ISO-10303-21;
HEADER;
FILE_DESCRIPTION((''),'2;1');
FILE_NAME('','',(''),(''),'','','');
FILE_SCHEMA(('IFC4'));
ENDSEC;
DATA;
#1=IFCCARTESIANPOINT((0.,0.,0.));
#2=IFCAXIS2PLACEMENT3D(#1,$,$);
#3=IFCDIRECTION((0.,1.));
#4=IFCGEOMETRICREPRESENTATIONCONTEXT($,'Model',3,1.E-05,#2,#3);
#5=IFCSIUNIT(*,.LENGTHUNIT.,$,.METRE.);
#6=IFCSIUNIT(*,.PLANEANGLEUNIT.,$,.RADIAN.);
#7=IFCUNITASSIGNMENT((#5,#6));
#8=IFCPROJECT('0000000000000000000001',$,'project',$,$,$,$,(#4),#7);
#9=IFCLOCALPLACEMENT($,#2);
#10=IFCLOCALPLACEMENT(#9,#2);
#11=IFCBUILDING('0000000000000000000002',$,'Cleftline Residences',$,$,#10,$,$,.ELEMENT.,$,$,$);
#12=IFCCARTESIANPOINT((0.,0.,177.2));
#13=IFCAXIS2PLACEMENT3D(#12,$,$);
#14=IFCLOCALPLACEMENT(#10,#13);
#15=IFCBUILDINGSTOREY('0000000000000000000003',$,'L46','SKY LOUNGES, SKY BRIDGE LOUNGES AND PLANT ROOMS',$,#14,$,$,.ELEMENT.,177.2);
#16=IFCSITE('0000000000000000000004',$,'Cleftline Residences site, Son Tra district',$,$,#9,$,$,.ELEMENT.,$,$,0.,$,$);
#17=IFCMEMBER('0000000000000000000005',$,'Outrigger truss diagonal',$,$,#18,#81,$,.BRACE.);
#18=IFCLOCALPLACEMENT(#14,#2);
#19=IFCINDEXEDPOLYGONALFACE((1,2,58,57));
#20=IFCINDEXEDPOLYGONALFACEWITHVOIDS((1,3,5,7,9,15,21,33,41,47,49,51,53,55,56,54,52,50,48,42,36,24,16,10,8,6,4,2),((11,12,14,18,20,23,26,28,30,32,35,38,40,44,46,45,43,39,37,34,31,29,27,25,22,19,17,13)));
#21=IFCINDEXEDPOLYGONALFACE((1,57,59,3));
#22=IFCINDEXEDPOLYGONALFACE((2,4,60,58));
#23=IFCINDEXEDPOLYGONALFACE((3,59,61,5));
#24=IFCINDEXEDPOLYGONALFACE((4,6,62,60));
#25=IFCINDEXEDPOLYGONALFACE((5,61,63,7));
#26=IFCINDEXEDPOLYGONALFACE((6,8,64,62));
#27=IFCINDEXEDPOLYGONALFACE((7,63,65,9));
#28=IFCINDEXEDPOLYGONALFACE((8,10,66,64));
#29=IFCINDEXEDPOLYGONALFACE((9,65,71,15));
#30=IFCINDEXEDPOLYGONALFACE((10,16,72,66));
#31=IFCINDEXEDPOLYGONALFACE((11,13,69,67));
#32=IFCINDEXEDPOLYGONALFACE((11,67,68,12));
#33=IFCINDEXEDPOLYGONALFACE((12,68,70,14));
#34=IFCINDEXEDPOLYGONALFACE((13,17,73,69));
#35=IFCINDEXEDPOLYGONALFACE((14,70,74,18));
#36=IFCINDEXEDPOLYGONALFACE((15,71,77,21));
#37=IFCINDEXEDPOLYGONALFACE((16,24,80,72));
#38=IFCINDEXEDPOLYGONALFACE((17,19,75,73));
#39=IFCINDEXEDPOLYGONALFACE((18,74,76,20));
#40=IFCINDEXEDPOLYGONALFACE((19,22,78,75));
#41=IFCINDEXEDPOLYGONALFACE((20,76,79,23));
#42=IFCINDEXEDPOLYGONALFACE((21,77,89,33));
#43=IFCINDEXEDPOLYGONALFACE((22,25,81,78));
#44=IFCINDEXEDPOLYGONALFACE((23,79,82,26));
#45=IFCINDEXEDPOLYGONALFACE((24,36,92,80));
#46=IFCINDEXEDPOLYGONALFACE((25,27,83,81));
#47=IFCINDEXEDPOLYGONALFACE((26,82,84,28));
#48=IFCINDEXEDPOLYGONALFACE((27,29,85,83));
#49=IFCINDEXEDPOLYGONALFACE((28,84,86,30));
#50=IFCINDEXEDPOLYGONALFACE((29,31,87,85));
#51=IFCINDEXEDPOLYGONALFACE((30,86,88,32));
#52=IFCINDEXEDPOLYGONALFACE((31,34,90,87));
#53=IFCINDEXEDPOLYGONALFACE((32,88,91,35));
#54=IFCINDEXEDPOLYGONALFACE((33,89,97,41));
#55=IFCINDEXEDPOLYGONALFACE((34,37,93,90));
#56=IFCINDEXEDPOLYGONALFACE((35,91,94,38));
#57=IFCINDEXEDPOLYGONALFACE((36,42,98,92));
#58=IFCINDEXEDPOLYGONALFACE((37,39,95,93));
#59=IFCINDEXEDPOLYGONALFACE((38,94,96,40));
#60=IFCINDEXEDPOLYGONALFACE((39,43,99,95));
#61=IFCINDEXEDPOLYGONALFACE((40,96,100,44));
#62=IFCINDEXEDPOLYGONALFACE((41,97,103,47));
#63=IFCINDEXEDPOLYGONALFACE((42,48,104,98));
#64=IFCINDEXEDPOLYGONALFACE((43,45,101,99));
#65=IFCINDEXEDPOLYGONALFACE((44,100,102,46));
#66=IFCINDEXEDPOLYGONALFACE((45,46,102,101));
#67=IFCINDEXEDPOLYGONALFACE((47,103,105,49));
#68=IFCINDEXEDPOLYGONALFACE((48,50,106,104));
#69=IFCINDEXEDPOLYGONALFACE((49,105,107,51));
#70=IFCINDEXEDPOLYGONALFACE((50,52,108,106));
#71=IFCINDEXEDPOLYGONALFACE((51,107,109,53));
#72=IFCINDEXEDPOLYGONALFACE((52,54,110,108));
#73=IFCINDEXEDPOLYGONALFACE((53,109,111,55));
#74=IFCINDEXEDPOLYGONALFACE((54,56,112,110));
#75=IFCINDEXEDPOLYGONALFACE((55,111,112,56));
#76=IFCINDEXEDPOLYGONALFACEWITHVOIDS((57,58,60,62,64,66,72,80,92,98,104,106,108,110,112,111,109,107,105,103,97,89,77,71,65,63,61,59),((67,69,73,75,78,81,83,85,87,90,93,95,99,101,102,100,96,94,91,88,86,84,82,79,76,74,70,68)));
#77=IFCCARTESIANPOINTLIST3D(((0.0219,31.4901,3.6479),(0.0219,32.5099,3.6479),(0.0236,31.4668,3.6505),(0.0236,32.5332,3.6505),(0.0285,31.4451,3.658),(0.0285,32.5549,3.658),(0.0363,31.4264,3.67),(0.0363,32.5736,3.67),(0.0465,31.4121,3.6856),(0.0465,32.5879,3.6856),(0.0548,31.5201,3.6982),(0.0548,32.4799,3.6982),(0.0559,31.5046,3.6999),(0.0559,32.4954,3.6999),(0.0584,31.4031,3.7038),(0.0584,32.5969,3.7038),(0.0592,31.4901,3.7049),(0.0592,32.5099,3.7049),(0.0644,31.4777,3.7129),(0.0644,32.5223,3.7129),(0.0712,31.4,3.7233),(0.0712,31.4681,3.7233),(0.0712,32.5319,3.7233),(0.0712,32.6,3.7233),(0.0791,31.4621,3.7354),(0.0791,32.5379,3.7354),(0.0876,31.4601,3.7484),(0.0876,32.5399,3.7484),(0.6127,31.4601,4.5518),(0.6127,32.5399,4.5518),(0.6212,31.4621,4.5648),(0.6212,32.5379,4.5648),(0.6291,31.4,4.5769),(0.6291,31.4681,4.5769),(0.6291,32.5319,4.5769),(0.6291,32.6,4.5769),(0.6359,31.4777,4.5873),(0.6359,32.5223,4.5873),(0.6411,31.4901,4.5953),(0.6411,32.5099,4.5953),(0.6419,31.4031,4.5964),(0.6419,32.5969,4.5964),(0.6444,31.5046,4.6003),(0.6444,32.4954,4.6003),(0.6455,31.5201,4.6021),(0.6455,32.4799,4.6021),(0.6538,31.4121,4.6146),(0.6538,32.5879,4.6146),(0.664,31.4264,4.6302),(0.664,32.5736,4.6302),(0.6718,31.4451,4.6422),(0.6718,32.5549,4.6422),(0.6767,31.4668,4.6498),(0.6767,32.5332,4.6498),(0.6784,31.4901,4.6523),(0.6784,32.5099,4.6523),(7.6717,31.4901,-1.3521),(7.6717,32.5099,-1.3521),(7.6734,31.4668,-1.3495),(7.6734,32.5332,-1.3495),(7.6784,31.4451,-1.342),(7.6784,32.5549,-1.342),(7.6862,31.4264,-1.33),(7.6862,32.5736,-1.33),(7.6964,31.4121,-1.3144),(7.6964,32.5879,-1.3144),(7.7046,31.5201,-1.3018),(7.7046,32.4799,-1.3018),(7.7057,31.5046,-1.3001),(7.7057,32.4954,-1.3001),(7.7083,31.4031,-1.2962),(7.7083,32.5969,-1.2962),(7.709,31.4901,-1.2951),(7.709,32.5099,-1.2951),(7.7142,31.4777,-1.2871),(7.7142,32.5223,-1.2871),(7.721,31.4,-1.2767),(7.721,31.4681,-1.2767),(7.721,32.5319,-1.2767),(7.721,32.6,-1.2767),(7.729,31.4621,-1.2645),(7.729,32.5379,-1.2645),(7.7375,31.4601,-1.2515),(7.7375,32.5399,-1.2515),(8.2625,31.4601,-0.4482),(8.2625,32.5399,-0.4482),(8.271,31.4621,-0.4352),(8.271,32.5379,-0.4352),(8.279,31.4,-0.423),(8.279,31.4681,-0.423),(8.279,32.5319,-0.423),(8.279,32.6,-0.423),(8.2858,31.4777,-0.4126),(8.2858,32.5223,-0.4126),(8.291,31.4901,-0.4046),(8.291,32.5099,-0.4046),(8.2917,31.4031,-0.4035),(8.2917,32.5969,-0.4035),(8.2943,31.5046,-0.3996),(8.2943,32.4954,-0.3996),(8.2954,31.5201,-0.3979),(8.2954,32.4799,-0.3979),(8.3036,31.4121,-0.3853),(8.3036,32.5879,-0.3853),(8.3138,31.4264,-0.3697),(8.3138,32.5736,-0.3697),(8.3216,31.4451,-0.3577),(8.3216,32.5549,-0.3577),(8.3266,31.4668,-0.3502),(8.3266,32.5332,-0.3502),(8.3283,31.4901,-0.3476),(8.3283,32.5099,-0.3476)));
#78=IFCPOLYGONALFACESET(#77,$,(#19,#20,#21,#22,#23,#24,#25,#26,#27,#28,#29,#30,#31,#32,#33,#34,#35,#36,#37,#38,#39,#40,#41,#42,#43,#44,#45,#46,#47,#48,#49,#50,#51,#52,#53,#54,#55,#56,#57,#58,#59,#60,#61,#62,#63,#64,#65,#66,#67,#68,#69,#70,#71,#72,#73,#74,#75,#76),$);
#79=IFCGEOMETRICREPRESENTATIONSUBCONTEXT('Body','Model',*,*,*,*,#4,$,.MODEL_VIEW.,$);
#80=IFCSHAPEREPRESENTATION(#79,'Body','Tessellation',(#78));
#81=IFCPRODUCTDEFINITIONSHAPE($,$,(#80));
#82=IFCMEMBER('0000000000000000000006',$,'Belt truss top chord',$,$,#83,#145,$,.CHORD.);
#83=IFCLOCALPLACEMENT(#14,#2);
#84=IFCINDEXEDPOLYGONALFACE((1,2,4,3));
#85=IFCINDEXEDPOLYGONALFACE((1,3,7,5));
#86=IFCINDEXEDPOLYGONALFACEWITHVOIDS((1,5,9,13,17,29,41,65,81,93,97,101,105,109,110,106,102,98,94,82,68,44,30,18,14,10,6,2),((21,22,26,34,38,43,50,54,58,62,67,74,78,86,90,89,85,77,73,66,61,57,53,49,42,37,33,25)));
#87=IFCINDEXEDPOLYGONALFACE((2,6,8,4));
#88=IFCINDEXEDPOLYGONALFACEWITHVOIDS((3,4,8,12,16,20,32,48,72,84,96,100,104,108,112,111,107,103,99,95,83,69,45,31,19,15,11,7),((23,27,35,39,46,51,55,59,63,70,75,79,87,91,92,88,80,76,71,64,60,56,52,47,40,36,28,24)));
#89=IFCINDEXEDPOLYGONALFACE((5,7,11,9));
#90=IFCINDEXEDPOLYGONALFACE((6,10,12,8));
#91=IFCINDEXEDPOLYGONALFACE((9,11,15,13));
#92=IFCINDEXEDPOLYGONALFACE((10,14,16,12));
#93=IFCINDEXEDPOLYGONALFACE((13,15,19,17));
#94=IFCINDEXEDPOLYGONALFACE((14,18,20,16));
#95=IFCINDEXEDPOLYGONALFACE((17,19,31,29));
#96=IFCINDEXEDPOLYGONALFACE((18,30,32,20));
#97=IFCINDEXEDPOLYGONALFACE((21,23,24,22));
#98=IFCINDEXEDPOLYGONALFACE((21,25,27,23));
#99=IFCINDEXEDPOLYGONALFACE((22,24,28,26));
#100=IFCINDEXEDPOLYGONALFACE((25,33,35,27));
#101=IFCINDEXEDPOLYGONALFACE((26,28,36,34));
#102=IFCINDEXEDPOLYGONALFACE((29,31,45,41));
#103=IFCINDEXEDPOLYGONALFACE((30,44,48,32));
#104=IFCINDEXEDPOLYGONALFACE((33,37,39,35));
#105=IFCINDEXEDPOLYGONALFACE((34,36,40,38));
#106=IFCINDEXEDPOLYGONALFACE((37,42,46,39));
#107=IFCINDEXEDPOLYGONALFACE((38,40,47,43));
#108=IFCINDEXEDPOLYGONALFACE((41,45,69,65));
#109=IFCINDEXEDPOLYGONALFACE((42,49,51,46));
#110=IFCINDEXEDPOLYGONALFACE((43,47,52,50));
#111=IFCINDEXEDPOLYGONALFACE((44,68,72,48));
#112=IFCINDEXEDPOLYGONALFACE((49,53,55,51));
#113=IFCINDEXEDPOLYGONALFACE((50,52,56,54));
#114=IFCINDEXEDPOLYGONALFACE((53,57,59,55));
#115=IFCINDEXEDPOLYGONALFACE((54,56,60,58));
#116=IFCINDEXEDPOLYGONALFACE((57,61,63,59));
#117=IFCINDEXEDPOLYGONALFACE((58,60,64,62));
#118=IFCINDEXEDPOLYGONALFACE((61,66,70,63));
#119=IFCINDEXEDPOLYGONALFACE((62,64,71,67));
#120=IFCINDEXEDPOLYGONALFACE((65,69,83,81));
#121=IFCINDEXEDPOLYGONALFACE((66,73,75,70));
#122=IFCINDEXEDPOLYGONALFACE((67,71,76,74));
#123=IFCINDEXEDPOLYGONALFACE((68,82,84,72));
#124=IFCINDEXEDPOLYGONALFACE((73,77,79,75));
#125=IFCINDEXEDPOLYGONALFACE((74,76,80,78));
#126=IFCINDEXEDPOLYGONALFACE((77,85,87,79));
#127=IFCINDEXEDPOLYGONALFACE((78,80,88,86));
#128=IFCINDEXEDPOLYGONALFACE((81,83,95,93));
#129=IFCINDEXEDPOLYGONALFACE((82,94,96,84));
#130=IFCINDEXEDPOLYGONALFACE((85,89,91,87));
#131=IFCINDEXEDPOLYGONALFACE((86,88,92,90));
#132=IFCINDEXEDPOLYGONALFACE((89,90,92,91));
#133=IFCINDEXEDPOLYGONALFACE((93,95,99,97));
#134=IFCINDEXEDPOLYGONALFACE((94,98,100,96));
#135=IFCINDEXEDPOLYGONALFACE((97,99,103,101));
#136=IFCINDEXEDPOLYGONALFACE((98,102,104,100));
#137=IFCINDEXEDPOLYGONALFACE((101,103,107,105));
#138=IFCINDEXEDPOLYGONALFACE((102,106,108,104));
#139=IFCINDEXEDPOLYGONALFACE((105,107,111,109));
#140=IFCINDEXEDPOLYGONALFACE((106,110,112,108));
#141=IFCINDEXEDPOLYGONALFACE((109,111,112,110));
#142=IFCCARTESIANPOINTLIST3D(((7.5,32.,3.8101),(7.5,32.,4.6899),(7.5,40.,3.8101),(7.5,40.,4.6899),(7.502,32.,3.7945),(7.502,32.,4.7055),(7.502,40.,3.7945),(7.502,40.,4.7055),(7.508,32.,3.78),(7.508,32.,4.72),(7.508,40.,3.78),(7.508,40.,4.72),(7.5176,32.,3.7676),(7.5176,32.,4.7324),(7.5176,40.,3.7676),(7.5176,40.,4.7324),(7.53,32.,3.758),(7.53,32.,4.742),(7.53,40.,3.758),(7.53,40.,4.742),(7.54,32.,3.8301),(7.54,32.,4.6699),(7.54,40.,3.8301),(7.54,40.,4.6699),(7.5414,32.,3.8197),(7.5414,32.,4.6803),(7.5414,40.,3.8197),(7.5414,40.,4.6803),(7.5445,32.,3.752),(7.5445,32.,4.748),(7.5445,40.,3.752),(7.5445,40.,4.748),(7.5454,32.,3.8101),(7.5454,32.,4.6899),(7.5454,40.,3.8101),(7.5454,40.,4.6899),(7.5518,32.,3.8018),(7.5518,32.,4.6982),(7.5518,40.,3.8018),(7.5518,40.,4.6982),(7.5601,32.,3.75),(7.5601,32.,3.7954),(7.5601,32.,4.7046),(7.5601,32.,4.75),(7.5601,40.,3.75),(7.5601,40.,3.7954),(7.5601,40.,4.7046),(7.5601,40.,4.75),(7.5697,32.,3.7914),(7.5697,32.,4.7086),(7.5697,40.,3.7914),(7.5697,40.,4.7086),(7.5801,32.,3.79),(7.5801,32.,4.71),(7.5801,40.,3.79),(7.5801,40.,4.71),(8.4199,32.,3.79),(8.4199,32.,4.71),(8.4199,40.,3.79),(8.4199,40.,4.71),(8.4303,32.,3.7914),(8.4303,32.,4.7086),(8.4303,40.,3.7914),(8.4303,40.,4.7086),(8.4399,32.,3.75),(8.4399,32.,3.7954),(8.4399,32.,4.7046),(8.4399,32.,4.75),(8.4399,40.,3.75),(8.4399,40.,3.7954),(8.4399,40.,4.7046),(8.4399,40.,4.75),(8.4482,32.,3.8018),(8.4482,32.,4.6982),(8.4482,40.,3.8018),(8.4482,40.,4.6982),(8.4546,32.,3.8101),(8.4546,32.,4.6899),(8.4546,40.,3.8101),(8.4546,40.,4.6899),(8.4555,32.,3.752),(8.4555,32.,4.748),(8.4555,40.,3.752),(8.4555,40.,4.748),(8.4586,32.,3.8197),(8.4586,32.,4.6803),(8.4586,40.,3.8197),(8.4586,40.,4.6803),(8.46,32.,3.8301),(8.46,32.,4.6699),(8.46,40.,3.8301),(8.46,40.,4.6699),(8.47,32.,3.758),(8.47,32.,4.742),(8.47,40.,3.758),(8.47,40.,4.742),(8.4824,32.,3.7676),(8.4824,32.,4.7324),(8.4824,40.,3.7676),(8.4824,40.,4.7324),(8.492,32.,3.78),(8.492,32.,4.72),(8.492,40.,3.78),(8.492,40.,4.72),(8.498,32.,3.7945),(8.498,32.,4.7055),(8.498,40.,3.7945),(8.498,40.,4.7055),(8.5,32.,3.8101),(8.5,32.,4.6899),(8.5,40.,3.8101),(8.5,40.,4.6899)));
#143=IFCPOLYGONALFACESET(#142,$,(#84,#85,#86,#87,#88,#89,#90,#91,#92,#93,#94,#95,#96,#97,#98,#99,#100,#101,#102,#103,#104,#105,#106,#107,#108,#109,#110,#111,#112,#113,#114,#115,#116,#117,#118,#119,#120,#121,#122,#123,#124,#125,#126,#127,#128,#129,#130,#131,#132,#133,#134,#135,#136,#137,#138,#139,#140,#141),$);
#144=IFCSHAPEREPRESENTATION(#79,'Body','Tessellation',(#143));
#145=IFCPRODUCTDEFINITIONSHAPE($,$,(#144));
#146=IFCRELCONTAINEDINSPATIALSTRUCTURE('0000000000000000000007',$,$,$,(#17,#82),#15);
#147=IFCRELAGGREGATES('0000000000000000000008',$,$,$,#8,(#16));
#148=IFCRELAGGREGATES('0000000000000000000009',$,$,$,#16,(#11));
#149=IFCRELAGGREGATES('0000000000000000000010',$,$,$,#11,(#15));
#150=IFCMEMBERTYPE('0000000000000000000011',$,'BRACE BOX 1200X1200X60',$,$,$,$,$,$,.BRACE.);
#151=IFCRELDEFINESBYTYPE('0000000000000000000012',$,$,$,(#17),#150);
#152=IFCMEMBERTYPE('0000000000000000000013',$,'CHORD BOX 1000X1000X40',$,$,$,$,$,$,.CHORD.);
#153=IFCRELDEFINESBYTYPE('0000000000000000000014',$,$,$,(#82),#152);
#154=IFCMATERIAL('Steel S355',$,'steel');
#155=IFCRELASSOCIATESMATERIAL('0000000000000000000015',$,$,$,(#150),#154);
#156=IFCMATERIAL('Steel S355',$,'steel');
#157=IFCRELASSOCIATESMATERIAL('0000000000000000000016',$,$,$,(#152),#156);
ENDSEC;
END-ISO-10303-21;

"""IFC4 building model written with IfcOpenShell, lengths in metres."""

from ifc_helpers import new_model, si_unit, direction, frame, origin, origin_2d, place, context, subcontext, project, spatial, hollow_rectangle, extrude, material, material_profile, profile_set, type_object, element, save


model = new_model("IFC4")

# Units and contexts
model_context = context("Model", 3, precision=1e-05, world=origin(), true_north=direction((0.0, 1.0)))
body_context = subcontext(model_context, "Body", "Model", "MODEL_VIEW")
ifc_project = project(units=[si_unit("LENGTHUNIT", "METRE"), si_unit("PLANEANGLEUNIT", "RADIAN")], contexts=[model_context])

# Site, building, storey
site_placement = place(None, origin())
site = spatial("IfcSite", under=ifc_project, at=site_placement, Name="Cleftline Residences site, Son Tra district", CompositionType="ELEMENT", RefElevation=0.0)
building_placement = place(site_placement, origin())
building = spatial("IfcBuilding", under=site, at=building_placement, Name="Cleftline Residences", CompositionType="ELEMENT")
storey_placement = place(building_placement, frame((0.0, 0.0, 177.2)))
storey = spatial("IfcBuildingStorey", under=building, at=storey_placement, Name="L46", Description="SKY LOUNGES, SKY BRIDGE LOUNGES AND PLANT ROOMS", CompositionType="ELEMENT", Elevation=177.2)

# Members
ifc_material_1 = material(Name="Steel S355", Category="steel")
ifc_material_profile_1 = material_profile(ifc_material_1, hollow_rectangle(XDim=1.2, YDim=1.2, WallThickness=0.0601, InnerFilletRadius=0.0601, OuterFilletRadius=0.0901, at=origin_2d()))
ifc_profile_set_1 = profile_set([ifc_material_profile_1], Name="Steel S355")
member_type_1 = type_object("IfcMemberType", Name="BRACE BOX 1200X1200X60", PredefinedType="BRACE", material=ifc_profile_set_1)
member_1_placement = place(storey_placement, frame((8.0, 32.0, -0.8499), z_axis=(-0.837063, 0.0, 0.547107), x_axis=(0.547107, 0.0, 0.837063)))
element("IfcMember", 1, at=member_1_placement, inside=storey, type_object=member_type_1, Name="Outrigger truss diagonal", PredefinedType="BRACE", context=body_context, shape_type="SweptSolid", body=[
    extrude(hollow_rectangle(XDim=1.2, YDim=1.2, WallThickness=0.0601, InnerFilletRadius=0.0601, OuterFilletRadius=0.0901, at=origin_2d()), origin(), (0.0, 0.0, 1.0), 9.1389),
])
ifc_material_2 = material(Name="Steel S355", Category="steel")
ifc_material_profile_2 = material_profile(ifc_material_2, hollow_rectangle(XDim=1.0, YDim=1.0, WallThickness=0.04, InnerFilletRadius=0.04, OuterFilletRadius=0.0601, at=origin_2d()))
ifc_profile_set_2 = profile_set([ifc_material_profile_2], Name="Steel S355")
member_type_2 = type_object("IfcMemberType", Name="CHORD BOX 1000X1000X40", PredefinedType="CHORD", material=ifc_profile_set_2)
member_2_placement = place(storey_placement, frame((8.0, 32.0, 4.25), z_axis=(0.0, 1.0, 0.0), x_axis=(-1.0, 0.0, 0.0)))
element("IfcMember", 2, at=member_2_placement, inside=storey, type_object=member_type_2, Name="Belt truss top chord", PredefinedType="CHORD", context=body_context, shape_type="SweptSolid", body=[
    extrude(hollow_rectangle(XDim=1.0, YDim=1.0, WallThickness=0.04, InnerFilletRadius=0.04, OuterFilletRadius=0.0601, at=origin_2d()), origin(), (0.0, 0.0, 1.0), 8.0),
])

save(model, "model.ifc")
